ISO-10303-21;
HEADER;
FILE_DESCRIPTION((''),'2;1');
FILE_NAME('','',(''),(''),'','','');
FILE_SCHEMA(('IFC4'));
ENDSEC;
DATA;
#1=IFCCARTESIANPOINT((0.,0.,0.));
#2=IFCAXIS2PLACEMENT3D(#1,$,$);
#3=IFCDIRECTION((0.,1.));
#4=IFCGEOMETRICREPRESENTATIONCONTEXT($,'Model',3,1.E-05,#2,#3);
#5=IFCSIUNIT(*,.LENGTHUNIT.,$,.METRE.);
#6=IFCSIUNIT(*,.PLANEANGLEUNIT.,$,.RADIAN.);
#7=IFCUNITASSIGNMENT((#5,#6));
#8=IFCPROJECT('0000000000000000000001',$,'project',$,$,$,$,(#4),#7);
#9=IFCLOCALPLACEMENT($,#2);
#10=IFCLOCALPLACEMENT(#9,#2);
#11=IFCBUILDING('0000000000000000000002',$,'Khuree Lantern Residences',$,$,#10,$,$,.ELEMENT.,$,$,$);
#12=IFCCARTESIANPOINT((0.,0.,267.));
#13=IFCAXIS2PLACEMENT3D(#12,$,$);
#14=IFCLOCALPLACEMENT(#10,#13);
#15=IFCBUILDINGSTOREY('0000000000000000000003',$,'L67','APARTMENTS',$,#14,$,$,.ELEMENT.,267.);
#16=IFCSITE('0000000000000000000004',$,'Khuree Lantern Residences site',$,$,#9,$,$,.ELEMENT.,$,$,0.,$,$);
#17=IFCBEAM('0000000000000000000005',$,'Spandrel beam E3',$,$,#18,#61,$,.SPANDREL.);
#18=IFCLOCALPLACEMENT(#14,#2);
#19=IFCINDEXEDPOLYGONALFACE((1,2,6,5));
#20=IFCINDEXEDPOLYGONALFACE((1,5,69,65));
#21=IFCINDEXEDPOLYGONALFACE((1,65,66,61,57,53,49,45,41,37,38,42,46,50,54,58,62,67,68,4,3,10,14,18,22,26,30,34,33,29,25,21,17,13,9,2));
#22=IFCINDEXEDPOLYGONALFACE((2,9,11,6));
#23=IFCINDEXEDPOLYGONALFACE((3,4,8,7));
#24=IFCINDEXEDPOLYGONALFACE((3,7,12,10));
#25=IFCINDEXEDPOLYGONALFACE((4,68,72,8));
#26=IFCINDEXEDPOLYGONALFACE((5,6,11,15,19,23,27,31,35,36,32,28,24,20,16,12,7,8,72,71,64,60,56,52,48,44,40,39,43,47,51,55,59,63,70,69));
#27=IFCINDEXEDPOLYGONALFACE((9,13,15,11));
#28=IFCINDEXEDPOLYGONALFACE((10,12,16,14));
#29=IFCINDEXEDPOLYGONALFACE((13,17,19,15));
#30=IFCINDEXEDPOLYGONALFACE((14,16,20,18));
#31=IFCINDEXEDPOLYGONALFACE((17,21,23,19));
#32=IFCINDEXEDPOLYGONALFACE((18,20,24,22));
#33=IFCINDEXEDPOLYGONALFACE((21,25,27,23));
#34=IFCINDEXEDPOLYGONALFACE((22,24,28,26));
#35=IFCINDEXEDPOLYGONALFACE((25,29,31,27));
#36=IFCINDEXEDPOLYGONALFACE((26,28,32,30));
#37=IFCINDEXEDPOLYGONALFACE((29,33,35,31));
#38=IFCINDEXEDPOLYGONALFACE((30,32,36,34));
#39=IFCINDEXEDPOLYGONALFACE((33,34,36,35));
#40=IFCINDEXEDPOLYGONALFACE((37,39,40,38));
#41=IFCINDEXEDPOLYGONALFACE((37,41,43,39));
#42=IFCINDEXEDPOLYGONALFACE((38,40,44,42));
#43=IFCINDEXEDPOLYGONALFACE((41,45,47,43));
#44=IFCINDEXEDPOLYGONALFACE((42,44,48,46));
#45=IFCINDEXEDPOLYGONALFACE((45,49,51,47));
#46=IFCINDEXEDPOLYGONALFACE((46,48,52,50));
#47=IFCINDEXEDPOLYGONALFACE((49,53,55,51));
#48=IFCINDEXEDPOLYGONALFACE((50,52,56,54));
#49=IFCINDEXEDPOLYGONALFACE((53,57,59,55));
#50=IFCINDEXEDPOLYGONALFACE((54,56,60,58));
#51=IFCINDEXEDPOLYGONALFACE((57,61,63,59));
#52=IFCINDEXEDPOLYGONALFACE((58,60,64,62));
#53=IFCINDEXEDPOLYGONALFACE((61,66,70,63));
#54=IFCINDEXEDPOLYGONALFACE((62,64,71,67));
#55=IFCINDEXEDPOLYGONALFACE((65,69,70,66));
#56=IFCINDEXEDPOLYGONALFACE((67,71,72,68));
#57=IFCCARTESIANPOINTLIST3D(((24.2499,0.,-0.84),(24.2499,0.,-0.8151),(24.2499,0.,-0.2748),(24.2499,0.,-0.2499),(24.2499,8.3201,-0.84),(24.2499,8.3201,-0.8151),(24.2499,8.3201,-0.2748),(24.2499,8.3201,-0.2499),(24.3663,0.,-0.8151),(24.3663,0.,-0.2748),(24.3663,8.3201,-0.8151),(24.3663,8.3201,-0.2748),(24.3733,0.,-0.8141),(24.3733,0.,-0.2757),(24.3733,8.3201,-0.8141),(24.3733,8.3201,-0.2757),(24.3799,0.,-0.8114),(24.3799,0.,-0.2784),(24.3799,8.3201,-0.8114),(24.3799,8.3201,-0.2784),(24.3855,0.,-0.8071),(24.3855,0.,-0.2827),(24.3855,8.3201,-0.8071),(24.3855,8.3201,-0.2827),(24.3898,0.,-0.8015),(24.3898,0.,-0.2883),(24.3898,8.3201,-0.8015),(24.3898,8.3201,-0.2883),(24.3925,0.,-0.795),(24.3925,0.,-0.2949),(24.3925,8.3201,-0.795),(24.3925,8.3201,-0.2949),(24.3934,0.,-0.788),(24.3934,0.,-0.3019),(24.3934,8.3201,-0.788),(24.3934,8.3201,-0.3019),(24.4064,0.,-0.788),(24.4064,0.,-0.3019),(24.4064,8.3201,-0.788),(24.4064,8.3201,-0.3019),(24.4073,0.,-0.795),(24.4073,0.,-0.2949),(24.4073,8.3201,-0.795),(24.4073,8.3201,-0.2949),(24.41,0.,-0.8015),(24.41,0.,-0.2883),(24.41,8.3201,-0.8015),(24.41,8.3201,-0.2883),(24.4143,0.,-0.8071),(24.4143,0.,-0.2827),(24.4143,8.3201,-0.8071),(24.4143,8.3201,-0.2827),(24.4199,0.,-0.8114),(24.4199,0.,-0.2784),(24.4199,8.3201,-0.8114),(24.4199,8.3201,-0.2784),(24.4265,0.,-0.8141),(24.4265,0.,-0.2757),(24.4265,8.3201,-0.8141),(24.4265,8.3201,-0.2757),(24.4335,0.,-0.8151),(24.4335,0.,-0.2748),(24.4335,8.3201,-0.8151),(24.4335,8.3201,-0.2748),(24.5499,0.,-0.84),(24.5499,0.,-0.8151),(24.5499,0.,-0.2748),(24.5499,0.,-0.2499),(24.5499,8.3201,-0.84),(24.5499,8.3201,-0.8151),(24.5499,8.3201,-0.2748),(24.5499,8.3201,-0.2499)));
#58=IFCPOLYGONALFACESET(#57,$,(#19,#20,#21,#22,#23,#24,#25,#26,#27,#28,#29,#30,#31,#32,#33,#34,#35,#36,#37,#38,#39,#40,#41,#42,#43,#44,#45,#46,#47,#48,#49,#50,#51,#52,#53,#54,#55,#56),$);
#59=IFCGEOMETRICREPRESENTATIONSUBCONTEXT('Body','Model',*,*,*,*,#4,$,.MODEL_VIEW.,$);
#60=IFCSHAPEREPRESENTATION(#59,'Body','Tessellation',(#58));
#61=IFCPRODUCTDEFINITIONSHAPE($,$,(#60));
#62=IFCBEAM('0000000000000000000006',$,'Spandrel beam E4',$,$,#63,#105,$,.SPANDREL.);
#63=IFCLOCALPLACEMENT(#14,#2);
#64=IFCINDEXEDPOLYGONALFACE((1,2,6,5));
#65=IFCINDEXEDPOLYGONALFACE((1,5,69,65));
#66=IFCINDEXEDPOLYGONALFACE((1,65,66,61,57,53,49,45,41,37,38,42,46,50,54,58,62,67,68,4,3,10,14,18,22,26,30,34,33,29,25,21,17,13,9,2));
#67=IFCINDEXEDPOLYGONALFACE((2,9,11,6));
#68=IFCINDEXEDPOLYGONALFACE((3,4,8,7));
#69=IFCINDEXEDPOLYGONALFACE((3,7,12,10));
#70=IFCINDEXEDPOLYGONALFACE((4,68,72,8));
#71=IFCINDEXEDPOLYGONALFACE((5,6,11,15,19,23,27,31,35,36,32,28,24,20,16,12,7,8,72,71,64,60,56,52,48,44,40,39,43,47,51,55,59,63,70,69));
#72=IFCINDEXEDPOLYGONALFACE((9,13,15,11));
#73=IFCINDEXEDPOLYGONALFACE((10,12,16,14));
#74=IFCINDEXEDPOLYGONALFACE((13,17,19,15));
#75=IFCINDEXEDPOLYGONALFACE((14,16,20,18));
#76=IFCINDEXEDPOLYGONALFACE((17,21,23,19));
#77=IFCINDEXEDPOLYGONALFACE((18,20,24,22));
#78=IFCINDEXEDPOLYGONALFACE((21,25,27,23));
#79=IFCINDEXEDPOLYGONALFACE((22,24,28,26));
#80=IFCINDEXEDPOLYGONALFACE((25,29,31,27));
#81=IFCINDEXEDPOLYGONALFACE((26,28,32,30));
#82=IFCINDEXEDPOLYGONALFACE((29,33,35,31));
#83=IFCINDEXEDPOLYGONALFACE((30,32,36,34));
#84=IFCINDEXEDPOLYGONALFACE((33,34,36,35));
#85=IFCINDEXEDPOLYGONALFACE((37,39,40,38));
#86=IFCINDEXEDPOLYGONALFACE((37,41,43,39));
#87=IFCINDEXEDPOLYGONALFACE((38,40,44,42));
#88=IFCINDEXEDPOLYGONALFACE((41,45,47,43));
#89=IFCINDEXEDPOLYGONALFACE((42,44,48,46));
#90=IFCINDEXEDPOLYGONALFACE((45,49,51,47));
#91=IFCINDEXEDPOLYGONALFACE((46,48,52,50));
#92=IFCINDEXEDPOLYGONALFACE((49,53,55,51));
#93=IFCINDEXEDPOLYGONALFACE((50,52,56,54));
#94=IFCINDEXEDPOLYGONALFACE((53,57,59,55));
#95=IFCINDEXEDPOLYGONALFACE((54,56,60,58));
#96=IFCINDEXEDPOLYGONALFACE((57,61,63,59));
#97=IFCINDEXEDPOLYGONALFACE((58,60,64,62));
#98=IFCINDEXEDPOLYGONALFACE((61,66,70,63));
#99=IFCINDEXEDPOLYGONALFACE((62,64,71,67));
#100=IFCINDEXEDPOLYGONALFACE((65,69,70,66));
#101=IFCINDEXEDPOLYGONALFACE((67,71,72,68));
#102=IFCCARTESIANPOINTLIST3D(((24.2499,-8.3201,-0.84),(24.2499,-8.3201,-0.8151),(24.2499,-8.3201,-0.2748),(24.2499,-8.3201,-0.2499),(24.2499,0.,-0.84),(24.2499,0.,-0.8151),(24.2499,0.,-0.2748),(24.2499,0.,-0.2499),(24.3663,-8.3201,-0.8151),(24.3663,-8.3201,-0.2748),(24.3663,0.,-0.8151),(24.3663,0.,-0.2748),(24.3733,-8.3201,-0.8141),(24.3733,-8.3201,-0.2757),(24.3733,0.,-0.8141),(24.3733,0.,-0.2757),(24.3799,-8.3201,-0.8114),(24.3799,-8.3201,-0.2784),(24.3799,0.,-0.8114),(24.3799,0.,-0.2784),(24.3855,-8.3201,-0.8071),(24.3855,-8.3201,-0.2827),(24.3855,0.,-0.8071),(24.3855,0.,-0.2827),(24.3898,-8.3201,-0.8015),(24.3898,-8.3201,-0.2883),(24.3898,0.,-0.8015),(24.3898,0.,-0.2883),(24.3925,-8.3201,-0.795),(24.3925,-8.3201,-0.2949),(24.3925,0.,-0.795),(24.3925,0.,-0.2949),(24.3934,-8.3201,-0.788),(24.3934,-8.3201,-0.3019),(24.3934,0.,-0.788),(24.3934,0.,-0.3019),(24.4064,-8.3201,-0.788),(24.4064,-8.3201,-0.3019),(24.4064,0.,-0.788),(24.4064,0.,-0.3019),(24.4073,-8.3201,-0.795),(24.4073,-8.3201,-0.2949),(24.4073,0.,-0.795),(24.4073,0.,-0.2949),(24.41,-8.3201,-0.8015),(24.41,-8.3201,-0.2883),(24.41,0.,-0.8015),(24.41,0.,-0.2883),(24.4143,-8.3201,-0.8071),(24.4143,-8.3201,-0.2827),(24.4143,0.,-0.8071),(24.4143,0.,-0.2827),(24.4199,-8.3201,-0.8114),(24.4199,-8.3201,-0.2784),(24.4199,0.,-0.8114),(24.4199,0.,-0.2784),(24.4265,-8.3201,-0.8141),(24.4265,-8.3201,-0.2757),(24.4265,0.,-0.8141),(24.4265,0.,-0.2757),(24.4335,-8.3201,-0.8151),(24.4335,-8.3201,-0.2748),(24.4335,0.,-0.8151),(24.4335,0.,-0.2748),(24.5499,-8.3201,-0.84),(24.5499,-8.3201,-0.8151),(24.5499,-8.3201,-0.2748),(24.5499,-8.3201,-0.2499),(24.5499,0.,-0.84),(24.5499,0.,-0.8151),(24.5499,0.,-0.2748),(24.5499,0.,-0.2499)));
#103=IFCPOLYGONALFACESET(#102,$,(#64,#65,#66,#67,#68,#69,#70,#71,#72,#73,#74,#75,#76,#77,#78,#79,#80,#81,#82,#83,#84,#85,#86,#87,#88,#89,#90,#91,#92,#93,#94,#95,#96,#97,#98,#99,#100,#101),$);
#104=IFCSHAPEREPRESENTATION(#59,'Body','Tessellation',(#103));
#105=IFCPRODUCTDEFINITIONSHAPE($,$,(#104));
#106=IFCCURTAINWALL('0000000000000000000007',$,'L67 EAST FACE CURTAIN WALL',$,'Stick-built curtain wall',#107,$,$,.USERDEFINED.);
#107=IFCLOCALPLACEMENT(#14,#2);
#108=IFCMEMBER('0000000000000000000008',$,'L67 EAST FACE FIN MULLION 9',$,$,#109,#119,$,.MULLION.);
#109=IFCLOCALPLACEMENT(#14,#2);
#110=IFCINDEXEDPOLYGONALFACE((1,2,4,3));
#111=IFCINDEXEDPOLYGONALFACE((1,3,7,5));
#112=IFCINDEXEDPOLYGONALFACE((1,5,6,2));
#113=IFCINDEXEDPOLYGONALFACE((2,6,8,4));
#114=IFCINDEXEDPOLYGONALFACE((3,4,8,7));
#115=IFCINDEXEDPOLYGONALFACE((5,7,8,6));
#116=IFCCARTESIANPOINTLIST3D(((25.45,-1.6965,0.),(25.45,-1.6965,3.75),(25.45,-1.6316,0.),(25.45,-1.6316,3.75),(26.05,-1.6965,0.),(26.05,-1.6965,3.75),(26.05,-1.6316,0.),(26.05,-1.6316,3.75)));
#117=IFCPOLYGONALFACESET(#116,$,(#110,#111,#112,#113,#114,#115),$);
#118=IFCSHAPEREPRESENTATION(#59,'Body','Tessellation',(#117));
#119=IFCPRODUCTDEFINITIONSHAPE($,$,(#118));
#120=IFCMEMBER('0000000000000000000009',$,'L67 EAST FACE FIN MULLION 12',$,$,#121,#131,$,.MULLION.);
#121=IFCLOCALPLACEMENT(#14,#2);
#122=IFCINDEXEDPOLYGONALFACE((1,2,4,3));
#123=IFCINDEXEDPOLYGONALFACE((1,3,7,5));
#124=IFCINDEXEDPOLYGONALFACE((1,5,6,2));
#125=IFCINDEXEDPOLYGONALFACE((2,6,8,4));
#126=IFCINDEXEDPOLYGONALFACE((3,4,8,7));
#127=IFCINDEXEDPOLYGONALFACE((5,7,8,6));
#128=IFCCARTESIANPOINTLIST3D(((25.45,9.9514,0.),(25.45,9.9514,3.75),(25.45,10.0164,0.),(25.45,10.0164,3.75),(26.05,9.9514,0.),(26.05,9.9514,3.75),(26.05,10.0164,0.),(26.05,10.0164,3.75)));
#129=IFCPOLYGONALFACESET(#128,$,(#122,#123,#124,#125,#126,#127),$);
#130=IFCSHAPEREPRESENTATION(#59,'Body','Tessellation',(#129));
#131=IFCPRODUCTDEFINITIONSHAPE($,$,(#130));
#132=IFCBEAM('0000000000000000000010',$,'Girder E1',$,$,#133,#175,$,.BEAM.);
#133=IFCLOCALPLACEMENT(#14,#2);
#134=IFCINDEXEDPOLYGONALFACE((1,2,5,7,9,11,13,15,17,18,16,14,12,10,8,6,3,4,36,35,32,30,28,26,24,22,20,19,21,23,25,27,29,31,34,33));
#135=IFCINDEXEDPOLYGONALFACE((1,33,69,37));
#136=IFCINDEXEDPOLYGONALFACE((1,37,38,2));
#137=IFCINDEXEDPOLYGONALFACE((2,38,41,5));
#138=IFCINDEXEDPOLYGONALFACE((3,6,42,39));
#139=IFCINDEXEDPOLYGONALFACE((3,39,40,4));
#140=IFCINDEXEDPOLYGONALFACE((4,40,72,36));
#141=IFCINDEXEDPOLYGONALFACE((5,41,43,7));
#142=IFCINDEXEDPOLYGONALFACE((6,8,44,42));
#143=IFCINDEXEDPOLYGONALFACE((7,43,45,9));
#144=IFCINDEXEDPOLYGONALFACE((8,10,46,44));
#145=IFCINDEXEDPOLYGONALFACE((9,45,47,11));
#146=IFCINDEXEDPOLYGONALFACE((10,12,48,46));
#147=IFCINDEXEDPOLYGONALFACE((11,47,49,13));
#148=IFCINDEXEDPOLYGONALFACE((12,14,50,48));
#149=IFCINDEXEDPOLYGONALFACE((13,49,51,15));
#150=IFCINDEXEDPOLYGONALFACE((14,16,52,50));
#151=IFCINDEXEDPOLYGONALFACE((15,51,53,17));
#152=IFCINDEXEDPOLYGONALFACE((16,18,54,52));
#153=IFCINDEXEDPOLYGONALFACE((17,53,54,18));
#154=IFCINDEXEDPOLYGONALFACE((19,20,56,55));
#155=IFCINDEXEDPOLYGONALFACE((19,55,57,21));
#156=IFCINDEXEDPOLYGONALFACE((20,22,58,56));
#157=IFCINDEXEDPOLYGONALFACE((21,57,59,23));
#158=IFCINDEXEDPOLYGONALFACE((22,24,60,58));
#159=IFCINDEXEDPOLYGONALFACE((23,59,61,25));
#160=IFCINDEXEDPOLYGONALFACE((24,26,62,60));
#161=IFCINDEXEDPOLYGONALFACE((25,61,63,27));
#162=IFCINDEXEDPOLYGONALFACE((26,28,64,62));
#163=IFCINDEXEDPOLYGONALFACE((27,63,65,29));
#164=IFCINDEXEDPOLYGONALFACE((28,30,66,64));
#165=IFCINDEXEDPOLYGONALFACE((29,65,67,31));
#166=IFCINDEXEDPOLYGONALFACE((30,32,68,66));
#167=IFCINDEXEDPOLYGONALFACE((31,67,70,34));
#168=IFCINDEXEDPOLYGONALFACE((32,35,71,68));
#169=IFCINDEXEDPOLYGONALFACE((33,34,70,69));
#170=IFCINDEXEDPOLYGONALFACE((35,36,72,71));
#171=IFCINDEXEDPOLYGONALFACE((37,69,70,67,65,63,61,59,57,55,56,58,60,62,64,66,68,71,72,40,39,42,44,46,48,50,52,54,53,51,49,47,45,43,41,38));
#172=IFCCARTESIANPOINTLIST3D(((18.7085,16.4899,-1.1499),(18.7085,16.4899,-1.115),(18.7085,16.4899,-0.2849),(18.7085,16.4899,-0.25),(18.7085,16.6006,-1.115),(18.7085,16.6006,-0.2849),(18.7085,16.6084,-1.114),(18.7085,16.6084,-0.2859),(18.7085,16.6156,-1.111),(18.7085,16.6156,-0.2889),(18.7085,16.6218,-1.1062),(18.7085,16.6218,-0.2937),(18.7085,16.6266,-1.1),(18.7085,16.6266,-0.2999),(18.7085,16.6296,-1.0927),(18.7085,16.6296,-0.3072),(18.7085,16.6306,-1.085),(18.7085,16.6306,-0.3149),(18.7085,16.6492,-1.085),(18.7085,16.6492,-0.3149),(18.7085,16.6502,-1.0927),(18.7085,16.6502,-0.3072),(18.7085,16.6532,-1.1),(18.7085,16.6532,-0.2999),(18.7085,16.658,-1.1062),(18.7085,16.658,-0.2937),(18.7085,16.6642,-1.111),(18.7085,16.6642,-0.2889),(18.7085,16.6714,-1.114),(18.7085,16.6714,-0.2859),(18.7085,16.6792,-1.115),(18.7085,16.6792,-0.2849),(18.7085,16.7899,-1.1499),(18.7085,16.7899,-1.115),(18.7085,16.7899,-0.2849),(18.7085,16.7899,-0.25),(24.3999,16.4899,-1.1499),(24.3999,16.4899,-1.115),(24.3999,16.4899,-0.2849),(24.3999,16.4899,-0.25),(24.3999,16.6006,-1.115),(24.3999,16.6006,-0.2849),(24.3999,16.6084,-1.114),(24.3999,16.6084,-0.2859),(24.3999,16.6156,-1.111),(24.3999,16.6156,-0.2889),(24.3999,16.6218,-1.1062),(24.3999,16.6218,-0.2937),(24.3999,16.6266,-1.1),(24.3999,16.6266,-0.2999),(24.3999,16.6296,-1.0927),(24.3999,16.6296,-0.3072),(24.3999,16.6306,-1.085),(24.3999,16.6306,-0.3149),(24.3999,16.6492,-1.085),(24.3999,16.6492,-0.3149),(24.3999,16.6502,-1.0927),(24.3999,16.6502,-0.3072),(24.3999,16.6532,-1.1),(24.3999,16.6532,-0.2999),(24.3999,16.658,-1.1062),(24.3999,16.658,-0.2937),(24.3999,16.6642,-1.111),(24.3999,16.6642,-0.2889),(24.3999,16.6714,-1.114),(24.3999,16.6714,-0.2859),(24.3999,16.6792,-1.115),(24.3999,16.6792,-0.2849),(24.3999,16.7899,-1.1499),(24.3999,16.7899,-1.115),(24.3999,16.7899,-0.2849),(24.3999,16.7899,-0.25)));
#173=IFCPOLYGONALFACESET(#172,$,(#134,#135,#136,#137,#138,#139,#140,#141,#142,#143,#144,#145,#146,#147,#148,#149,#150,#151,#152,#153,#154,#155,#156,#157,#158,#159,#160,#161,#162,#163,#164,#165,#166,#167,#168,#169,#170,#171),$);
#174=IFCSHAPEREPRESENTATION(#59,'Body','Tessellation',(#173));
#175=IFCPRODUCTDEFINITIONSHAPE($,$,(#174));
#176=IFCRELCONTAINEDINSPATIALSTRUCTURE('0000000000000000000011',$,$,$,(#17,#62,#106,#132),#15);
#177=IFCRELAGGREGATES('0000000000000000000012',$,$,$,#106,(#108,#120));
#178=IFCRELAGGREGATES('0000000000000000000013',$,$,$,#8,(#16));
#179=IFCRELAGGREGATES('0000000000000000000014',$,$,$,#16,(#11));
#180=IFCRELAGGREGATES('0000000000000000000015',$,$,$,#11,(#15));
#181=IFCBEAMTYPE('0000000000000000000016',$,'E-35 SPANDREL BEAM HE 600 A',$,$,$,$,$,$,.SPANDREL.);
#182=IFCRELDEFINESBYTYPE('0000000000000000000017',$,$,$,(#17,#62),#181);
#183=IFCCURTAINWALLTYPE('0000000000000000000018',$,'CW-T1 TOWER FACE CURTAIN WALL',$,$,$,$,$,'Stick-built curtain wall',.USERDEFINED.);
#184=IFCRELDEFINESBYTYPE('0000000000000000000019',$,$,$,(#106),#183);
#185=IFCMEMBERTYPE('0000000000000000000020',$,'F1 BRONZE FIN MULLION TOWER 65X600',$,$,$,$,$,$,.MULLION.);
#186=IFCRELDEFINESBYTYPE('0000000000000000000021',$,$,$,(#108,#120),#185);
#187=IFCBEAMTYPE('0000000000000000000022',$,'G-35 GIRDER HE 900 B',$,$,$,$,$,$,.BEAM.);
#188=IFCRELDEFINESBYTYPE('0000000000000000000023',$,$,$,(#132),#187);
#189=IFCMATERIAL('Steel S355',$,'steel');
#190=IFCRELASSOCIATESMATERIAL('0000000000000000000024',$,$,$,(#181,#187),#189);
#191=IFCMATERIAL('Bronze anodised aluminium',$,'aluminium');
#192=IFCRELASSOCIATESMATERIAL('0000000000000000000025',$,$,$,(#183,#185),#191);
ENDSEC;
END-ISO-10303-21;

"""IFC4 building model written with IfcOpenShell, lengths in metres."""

from ifc_helpers import new_model, si_unit, direction, frame, origin, origin_2d, place, context, subcontext, project, spatial, rectangle, i_section, extrude, material, material_profile, profile_set, type_object, element, aggregate, save


model = new_model("IFC4")

# Units and contexts
model_context = context("Model", 3, precision=1e-05, world=origin(), true_north=direction((0.0, 1.0)))
body_context = subcontext(model_context, "Body", "Model", "MODEL_VIEW")
ifc_project = project(units=[si_unit("LENGTHUNIT", "METRE"), si_unit("PLANEANGLEUNIT", "RADIAN")], contexts=[model_context])

# Site, building, storey
site_placement = place(None, origin())
site = spatial("IfcSite", under=ifc_project, at=site_placement, Name="Khuree Lantern Residences site", CompositionType="ELEMENT", RefElevation=0.0)
building_placement = place(site_placement, origin())
building = spatial("IfcBuilding", under=site, at=building_placement, Name="Khuree Lantern Residences", CompositionType="ELEMENT")
storey_placement = place(building_placement, frame((0.0, 0.0, 267.0)))
storey = spatial("IfcBuildingStorey", under=building, at=storey_placement, Name="L67", Description="APARTMENTS", CompositionType="ELEMENT", Elevation=267.0)

# Beams
ifc_material_1 = material(Name="Steel S355", Category="steel")
ifc_material_profile_1 = material_profile(ifc_material_1, i_section(OverallWidth=0.3, OverallDepth=0.5901, WebThickness=0.0129, FlangeThickness=0.0249, FilletRadius=0.0271, at=origin_2d()), Name="HE 600 A")
ifc_profile_set_1 = profile_set([ifc_material_profile_1], Name="Steel S355")
beam_type_1 = type_object("IfcBeamType", Name="E-35 SPANDREL BEAM HE 600 A", PredefinedType="SPANDREL", material=ifc_profile_set_1)
for number, where, z_axis, x_axis, name in (
    (1, (24.3999, 8.3201, -0.5449), (0.0, -1.0, 0.0), (1.0, 0.0, 0.0), "Spandrel beam E3"),
    (2, (24.3999, 0.0, -0.5449), (0.0, -1.0, 0.0), (1.0, 0.0, 0.0), "Spandrel beam E4"),
):
    element("IfcBeam", number, at=place(storey_placement, frame(where, z_axis=z_axis, x_axis=x_axis)), inside=storey, type_object=beam_type_1, Name=name, PredefinedType="SPANDREL", context=body_context, shape_type="SweptSolid", body=[
        extrude(i_section(OverallWidth=0.3, OverallDepth=0.5901, WebThickness=0.0129, FlangeThickness=0.0249, FilletRadius=0.0271, at=origin_2d()), origin(), (0.0, 0.0, 1.0), 8.3201),
    ])

# Curtain wall, members
ifc_material_2 = material(Name="Bronze anodised aluminium", Category="aluminium")
curtain_wall_type = type_object("IfcCurtainWallType", Name="CW-T1 TOWER FACE CURTAIN WALL", ElementType="Stick-built curtain wall", PredefinedType="USERDEFINED", material=ifc_material_2)
curtain_wall_placement = place(storey_placement, origin())
curtain_wall = element("IfcCurtainWall", 3, at=curtain_wall_placement, inside=storey, type_object=curtain_wall_type, Name="L67 EAST FACE CURTAIN WALL", ObjectType="Stick-built curtain wall", PredefinedType="USERDEFINED")
ifc_material_profile_2 = material_profile(ifc_material_2, rectangle(XDim=0.0649, YDim=0.6001, at=origin_2d()), Name="F1 65X600")
ifc_profile_set_2 = profile_set([ifc_material_profile_2], Name="Bronze anodised aluminium")
member_type_1 = type_object("IfcMemberType", Name="F1 BRONZE FIN MULLION TOWER 65X600", PredefinedType="MULLION", material=ifc_profile_set_2)
member_1_placement = place(storey_placement, frame((25.75, -1.6641, 0.0), z_axis=(0.0, 0.0, 1.0), x_axis=(0.0, 1.0, 0.0)))
member_1 = element("IfcMember", 4, at=member_1_placement, type_object=member_type_1, Name="L67 EAST FACE FIN MULLION 9", PredefinedType="MULLION", context=body_context, shape_type="SweptSolid", body=[
    extrude(rectangle(XDim=0.0649, YDim=0.6001, at=origin_2d()), origin(), (0.0, 0.0, 1.0), 3.75),
])
member_2_placement = place(storey_placement, frame((25.75, 9.9839, 0.0), z_axis=(0.0, 0.0, 1.0), x_axis=(0.0, 1.0, 0.0)))
member_2 = element("IfcMember", 5, at=member_2_placement, type_object=member_type_1, Name="L67 EAST FACE FIN MULLION 12", PredefinedType="MULLION", context=body_context, shape_type="SweptSolid", body=[
    extrude(rectangle(XDim=0.0649, YDim=0.6001, at=origin_2d()), origin(), (0.0, 0.0, 1.0), 3.75),
])

# Beam
ifc_material_profile_3 = material_profile(ifc_material_1, i_section(OverallWidth=0.3, OverallDepth=0.8999, WebThickness=0.0186, FlangeThickness=0.0349, FilletRadius=0.03, at=origin_2d()), Name="HE 900 B")
ifc_profile_set_3 = profile_set([ifc_material_profile_3], Name="Steel S355")
beam_type_2 = type_object("IfcBeamType", Name="G-35 GIRDER HE 900 B", PredefinedType="BEAM", material=ifc_profile_set_3)
beam_1_placement = place(storey_placement, frame((24.3999, 16.6399, -0.7), z_axis=(-1.0, 0.0, 0.0), x_axis=(0.0, -1.0, 0.0)))
element("IfcBeam", 6, at=beam_1_placement, inside=storey, type_object=beam_type_2, Name="Girder E1", PredefinedType="BEAM", context=body_context, shape_type="SweptSolid", body=[
    extrude(i_section(OverallWidth=0.3, OverallDepth=0.8999, WebThickness=0.0186, FlangeThickness=0.0349, FilletRadius=0.03, at=origin_2d()), origin(), (0.0, 0.0, 1.0), 5.6914),
])

aggregate(curtain_wall, [member_1, member_2])

save(model, "model.ifc")
